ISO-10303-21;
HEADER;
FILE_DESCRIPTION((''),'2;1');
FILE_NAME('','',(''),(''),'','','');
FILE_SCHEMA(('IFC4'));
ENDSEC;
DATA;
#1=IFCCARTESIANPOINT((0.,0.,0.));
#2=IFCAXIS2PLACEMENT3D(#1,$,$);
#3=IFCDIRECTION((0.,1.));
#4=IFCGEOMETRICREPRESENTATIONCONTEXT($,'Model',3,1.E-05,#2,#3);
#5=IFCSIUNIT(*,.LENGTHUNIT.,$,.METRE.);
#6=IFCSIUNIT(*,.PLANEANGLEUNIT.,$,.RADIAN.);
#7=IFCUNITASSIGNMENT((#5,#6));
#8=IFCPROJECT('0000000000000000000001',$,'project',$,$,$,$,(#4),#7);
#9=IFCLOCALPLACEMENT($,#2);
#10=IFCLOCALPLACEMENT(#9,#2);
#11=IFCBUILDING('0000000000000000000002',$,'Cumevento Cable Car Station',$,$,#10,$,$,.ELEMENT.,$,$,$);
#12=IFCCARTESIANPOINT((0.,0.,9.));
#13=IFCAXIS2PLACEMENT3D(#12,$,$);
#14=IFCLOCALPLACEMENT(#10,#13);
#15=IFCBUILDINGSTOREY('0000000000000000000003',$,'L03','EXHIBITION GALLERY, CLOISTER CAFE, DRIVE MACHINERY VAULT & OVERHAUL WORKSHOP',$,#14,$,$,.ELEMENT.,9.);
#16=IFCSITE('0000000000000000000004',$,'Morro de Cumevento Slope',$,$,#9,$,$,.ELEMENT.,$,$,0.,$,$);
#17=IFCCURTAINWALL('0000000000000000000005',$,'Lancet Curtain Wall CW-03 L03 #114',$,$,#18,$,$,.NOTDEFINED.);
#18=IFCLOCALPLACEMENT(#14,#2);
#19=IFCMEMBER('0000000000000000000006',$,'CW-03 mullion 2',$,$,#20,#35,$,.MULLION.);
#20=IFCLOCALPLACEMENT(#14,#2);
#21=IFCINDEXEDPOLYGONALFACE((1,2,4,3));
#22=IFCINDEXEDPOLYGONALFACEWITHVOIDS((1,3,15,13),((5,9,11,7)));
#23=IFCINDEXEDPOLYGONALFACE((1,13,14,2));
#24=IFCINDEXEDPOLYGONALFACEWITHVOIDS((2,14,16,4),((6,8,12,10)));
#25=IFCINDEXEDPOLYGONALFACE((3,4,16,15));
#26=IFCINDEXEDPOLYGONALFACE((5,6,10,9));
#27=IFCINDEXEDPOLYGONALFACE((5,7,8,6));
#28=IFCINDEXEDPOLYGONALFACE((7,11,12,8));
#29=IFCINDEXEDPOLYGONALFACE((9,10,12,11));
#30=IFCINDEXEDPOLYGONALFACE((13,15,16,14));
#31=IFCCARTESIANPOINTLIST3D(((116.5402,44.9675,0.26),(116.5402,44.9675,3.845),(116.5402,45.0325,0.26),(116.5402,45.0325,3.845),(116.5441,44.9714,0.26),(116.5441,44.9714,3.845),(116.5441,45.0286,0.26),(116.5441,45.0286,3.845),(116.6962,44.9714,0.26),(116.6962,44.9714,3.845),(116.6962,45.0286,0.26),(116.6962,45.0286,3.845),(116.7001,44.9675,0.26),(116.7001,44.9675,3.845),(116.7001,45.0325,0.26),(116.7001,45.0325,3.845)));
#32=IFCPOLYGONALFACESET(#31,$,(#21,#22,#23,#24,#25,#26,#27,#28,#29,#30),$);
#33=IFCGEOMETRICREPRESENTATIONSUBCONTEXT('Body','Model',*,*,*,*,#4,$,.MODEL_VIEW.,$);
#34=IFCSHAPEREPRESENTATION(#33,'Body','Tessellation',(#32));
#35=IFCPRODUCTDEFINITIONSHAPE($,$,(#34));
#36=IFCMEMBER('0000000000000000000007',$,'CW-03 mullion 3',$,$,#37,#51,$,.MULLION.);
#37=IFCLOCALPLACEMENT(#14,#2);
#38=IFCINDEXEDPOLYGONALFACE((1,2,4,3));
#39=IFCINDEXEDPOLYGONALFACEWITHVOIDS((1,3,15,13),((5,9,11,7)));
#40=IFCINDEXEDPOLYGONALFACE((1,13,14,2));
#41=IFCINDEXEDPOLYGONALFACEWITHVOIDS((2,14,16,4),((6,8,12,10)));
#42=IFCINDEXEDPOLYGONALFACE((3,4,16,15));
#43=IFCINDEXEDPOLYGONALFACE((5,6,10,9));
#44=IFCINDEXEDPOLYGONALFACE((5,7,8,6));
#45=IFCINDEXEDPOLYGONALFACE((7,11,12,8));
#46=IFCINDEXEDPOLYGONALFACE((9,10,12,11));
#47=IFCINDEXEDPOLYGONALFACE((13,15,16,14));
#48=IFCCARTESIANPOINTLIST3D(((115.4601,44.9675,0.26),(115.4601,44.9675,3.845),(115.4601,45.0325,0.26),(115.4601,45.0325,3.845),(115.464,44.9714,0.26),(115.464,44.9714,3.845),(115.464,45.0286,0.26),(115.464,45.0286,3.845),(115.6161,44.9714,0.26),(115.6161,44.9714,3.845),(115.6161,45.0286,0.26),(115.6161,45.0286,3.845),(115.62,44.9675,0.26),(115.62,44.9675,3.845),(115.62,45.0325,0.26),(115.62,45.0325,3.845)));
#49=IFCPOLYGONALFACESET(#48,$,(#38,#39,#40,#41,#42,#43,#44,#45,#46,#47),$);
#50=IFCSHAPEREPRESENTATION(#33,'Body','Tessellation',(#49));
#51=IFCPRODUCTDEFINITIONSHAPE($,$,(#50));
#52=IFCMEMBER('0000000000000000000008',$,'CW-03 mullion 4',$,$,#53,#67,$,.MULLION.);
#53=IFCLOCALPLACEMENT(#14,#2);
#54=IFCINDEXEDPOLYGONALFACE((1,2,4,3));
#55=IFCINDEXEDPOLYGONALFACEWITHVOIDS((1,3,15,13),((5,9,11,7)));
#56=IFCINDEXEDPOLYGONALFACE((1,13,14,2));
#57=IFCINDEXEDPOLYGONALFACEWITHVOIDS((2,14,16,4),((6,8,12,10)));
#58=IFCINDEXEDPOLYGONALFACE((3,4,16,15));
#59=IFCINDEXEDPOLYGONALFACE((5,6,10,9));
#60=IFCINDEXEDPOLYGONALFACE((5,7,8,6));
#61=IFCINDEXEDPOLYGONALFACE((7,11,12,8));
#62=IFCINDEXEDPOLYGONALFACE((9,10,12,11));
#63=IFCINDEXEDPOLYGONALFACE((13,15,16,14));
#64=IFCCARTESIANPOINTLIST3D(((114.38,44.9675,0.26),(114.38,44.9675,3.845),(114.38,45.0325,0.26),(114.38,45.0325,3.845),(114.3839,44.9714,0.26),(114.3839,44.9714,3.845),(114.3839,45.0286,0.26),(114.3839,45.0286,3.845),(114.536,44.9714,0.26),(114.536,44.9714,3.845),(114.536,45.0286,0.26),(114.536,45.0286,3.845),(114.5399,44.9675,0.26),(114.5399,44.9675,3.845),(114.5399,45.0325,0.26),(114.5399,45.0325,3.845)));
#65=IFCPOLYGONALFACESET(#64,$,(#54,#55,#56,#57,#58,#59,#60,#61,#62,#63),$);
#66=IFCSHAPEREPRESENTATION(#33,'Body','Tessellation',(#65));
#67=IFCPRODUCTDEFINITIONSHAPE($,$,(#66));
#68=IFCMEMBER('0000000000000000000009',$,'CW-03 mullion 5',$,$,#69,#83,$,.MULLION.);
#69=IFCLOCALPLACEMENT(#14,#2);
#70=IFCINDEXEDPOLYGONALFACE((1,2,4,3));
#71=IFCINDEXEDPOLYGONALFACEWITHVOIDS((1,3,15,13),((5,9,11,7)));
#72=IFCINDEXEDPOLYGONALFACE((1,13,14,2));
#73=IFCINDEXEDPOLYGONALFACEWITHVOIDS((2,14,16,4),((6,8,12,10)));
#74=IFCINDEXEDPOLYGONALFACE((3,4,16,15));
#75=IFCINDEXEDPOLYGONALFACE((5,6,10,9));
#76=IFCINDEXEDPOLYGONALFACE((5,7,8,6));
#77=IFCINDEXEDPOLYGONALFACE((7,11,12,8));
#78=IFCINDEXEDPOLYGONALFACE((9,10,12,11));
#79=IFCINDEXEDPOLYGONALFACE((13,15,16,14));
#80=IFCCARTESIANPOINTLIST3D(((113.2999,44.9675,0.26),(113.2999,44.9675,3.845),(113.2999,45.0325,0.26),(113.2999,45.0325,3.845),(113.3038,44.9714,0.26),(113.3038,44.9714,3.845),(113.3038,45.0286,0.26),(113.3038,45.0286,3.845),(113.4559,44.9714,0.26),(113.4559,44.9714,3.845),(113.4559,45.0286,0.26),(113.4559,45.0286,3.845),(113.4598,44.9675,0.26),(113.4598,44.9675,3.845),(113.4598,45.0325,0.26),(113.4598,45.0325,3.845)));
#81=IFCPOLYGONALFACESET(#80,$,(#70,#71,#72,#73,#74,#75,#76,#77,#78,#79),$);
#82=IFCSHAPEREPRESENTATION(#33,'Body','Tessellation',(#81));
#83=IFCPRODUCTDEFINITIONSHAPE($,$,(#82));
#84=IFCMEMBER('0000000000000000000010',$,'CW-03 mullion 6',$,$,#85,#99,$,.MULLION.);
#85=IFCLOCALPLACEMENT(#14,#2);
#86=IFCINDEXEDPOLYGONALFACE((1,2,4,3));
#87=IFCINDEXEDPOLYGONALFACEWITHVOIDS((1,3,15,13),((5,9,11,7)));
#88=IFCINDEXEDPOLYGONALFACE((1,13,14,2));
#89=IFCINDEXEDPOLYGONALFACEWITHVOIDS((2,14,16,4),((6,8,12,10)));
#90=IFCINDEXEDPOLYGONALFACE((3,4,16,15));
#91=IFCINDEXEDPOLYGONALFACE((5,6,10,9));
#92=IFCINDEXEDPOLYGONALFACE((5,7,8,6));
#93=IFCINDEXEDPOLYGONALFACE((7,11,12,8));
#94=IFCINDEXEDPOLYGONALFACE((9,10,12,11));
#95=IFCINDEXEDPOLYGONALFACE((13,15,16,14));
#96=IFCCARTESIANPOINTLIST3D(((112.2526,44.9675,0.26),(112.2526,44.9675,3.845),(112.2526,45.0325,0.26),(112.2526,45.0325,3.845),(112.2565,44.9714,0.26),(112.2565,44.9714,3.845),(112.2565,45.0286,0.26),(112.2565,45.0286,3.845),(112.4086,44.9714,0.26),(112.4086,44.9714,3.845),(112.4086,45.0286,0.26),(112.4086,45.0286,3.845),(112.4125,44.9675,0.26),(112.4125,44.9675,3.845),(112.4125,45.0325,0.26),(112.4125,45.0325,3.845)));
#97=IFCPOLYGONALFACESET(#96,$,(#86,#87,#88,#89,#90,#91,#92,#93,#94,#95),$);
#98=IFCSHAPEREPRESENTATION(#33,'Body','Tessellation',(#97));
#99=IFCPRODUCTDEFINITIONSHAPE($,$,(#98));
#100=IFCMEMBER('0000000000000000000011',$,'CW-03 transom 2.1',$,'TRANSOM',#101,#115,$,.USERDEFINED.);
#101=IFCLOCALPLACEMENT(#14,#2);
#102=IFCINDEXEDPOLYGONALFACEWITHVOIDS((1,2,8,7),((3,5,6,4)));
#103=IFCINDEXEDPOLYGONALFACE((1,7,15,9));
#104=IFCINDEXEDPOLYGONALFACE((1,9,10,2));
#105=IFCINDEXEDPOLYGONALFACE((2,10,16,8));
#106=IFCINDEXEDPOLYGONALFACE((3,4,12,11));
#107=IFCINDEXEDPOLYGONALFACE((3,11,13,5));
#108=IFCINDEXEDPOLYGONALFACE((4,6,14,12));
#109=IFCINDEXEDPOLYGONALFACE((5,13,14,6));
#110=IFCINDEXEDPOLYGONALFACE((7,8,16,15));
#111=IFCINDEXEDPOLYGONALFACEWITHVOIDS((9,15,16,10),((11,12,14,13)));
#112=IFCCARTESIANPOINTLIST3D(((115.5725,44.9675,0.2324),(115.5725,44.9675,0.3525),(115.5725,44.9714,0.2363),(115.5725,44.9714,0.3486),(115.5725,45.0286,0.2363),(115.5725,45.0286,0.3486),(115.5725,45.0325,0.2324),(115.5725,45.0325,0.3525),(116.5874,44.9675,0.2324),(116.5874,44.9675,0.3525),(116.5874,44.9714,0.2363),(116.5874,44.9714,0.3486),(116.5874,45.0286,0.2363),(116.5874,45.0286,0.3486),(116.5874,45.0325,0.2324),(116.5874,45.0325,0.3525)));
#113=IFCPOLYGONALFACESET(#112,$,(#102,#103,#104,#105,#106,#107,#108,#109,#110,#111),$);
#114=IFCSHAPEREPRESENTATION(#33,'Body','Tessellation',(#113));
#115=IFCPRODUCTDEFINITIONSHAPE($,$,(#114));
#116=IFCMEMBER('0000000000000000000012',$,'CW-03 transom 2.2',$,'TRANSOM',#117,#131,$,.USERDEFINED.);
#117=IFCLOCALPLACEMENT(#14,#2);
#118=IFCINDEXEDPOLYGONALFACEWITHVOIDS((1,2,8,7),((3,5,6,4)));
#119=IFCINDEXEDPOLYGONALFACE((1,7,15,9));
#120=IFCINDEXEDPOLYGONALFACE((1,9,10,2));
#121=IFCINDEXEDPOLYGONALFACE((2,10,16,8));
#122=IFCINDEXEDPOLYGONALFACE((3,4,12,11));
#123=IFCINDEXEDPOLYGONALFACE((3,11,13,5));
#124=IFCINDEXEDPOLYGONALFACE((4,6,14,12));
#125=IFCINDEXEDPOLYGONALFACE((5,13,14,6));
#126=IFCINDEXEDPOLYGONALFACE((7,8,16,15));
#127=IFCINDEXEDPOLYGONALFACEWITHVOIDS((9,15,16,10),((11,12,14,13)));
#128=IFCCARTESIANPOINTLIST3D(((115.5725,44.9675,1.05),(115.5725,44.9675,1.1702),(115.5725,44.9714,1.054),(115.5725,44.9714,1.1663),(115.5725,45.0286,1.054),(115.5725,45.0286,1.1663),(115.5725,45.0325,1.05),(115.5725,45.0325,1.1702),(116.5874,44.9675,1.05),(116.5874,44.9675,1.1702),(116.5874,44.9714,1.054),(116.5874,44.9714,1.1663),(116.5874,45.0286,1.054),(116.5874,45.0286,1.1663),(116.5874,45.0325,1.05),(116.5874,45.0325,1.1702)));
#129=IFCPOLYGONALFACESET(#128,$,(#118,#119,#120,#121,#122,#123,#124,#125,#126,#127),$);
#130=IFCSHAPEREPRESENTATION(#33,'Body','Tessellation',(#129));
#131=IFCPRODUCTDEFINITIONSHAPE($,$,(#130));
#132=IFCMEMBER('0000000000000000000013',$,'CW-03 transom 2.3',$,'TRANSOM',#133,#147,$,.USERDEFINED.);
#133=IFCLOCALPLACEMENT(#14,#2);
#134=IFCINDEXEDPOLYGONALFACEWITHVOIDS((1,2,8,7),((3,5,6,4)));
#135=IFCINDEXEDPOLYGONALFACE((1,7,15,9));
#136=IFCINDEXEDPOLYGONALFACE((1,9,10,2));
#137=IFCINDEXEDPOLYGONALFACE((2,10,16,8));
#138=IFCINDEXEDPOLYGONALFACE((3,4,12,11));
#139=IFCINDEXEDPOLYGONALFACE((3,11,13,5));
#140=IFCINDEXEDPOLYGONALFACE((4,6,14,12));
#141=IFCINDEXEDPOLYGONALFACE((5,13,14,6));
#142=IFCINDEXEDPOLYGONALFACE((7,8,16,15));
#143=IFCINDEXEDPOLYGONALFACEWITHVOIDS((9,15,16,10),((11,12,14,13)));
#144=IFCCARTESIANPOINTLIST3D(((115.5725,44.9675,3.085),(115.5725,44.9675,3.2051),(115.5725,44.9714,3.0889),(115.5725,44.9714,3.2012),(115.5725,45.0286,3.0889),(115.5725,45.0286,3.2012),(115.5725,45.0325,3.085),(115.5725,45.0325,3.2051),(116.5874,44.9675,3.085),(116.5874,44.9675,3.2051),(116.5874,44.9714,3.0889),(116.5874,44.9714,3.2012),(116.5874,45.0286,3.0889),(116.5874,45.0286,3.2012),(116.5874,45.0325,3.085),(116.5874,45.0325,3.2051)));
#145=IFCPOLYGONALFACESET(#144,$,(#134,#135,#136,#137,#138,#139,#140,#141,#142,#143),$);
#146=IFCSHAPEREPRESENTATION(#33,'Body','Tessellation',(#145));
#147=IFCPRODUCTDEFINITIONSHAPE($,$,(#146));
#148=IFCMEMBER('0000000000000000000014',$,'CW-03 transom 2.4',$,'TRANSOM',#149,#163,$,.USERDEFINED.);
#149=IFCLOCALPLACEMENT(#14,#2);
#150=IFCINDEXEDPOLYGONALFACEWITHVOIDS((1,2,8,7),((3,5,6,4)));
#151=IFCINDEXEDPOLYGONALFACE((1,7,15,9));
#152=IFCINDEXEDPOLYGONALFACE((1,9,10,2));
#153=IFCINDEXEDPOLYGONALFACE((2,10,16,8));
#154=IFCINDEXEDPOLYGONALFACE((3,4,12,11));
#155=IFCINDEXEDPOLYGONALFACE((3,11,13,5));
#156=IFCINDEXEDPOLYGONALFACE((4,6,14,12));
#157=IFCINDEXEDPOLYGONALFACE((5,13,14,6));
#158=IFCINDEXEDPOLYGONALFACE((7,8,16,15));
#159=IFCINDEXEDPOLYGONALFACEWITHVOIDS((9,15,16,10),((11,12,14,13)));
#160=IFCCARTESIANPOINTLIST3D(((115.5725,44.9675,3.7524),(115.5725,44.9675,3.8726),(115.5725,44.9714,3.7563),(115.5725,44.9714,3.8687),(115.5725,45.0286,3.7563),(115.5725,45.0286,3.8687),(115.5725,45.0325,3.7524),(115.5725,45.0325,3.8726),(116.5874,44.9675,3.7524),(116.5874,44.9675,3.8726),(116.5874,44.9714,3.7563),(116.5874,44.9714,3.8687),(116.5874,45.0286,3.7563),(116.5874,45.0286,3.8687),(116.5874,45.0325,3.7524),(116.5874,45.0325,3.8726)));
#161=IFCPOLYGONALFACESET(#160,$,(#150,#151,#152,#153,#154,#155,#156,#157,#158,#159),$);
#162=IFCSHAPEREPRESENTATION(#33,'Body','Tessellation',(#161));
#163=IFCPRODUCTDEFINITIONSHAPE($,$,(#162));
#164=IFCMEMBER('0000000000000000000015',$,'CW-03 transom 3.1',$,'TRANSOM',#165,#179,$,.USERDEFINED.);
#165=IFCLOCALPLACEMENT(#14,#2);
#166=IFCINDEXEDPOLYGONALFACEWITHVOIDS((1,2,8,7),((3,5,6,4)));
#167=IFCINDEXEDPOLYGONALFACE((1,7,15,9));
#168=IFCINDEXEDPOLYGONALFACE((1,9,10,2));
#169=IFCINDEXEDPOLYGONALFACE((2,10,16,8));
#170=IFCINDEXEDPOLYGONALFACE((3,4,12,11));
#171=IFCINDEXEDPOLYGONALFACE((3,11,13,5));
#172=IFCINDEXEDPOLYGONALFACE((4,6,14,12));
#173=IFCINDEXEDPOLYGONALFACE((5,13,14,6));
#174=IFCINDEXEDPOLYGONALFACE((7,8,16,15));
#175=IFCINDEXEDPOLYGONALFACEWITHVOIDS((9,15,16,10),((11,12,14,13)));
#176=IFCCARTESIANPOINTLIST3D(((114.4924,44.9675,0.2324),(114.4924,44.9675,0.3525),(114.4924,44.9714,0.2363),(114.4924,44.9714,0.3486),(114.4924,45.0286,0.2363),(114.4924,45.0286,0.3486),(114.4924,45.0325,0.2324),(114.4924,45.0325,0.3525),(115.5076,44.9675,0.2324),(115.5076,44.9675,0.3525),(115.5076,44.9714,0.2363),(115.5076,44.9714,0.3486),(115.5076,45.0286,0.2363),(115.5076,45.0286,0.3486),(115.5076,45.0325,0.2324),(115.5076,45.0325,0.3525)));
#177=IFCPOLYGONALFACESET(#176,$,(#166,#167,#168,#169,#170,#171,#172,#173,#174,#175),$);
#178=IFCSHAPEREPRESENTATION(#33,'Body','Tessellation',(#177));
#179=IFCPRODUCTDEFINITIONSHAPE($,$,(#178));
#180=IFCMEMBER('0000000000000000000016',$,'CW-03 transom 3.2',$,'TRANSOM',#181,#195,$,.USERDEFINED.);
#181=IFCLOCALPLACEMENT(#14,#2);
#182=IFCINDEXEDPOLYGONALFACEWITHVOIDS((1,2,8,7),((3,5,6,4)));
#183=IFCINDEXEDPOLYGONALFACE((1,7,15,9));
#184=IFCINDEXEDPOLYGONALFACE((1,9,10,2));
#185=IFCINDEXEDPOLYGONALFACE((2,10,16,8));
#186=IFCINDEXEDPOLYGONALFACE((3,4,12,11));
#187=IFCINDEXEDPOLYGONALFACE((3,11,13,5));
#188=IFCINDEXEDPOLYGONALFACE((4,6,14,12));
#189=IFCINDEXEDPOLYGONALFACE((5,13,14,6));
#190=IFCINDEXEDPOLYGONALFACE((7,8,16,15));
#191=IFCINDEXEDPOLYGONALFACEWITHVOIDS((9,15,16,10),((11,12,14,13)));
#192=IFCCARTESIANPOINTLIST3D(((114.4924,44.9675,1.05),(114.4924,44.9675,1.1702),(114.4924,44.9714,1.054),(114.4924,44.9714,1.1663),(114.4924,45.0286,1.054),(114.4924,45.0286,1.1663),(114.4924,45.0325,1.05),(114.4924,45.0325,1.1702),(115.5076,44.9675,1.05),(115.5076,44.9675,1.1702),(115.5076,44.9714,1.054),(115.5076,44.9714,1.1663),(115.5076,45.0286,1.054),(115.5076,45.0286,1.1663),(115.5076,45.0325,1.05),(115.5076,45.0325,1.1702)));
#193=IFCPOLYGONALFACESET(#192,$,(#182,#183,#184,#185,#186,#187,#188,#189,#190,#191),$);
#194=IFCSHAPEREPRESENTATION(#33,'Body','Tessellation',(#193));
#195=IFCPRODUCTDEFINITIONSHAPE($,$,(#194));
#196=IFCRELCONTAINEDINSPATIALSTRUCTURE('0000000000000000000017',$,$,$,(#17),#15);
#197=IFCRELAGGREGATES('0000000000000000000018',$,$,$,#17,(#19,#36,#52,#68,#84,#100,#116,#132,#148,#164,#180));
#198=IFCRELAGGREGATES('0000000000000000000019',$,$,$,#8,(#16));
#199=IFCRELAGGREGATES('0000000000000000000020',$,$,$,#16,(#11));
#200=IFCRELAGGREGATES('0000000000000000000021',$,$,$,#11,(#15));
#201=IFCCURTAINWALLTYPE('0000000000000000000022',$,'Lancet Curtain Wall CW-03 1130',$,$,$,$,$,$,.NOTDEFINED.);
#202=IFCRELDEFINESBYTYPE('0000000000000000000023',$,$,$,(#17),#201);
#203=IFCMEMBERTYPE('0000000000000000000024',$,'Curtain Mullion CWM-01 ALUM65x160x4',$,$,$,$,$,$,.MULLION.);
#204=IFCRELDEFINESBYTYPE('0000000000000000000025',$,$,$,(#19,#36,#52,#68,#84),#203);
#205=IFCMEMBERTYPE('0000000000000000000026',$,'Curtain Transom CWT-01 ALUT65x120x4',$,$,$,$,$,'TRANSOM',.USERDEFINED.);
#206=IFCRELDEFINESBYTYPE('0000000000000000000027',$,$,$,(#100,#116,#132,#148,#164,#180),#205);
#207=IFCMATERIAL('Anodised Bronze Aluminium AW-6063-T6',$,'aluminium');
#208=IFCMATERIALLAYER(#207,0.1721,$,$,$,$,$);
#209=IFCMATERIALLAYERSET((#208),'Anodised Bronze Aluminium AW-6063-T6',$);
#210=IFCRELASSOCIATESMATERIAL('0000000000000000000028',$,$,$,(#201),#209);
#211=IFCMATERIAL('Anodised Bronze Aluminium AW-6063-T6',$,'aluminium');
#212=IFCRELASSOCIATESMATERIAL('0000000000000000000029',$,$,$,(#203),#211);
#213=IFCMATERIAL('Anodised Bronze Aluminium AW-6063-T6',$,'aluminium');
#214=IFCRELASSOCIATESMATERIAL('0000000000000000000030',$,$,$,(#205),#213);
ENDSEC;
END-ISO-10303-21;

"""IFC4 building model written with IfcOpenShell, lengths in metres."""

from ifc_helpers import new_model, si_unit, direction, frame, origin, origin_2d, place, context, subcontext, project, spatial, hollow_rectangle, extrude, material, layer, layer_set, material_profile, profile_set, type_object, element, aggregate, save


model = new_model("IFC4")

# Units and contexts
model_context = context("Model", 3, precision=1e-05, world=origin(), true_north=direction((0.0, 1.0)))
body_context = subcontext(model_context, "Body", "Model", "MODEL_VIEW")
ifc_project = project(units=[si_unit("LENGTHUNIT", "METRE"), si_unit("PLANEANGLEUNIT", "RADIAN")], contexts=[model_context])

# Site, building, storey
site_placement = place(None, origin())
site = spatial("IfcSite", under=ifc_project, at=site_placement, Name="Morro de Cumevento Slope", CompositionType="ELEMENT", RefElevation=0.0)
building_placement = place(site_placement, origin())
building = spatial("IfcBuilding", under=site, at=building_placement, Name="Cumevento Cable Car Station", CompositionType="ELEMENT")
storey_placement = place(building_placement, frame((0.0, 0.0, 9.0)))
storey = spatial("IfcBuildingStorey", under=building, at=storey_placement, Name="L03", Description="EXHIBITION GALLERY, CLOISTER CAFE, DRIVE MACHINERY VAULT & OVERHAUL WORKSHOP", CompositionType="ELEMENT", Elevation=9.0)

# Curtain wall, members
ifc_material_1 = material(Name="Anodised Bronze Aluminium AW-6063-T6", Category="aluminium")
ifc_layer_1 = layer(ifc_material_1, 0.1721)
ifc_layer_set_1 = layer_set([ifc_layer_1], Name="Anodised Bronze Aluminium AW-6063-T6")
curtain_wall_type = type_object("IfcCurtainWallType", Name="Lancet Curtain Wall CW-03 1130", PredefinedType="NOTDEFINED", material=ifc_layer_set_1)
curtain_wall_placement = place(storey_placement, origin())
curtain_wall = element("IfcCurtainWall", 1, at=curtain_wall_placement, inside=storey, type_object=curtain_wall_type, Name="Lancet Curtain Wall CW-03 L03 #114", PredefinedType="NOTDEFINED")
ifc_material_2 = material(Name="Anodised Bronze Aluminium AW-6063-T6", Category="aluminium")
ifc_material_profile_1 = material_profile(ifc_material_2, hollow_rectangle(XDim=0.0649, YDim=0.1599, WallThickness=0.0039, at=origin_2d()), Name="ALUM65x160x4")
ifc_profile_set_1 = profile_set([ifc_material_profile_1], Name="Anodised Bronze Aluminium AW-6063-T6")
member_type_1 = type_object("IfcMemberType", Name="Curtain Mullion CWM-01 ALUM65x160x4", PredefinedType="MULLION", material=ifc_profile_set_1)
member_1_placement = place(storey_placement, frame((116.6201, 45.0, 0.26), z_axis=(0.0, 0.0, 1.0), x_axis=(0.0, -1.0, 0.0)))
member_1 = element("IfcMember", 2, at=member_1_placement, type_object=member_type_1, Name="CW-03 mullion 2", PredefinedType="MULLION", context=body_context, shape_type="SweptSolid", body=[
    extrude(hollow_rectangle(XDim=0.0649, YDim=0.1599, WallThickness=0.0039, at=origin_2d()), origin(), (0.0, 0.0, 1.0), 3.585),
])
member_2_placement = place(storey_placement, frame((115.54, 45.0, 0.26), z_axis=(0.0, 0.0, 1.0), x_axis=(0.0, -1.0, 0.0)))
member_2 = element("IfcMember", 3, at=member_2_placement, type_object=member_type_1, Name="CW-03 mullion 3", PredefinedType="MULLION", context=body_context, shape_type="SweptSolid", body=[
    extrude(hollow_rectangle(XDim=0.0649, YDim=0.1599, WallThickness=0.0039, at=origin_2d()), origin(), (0.0, 0.0, 1.0), 3.585),
])
member_3_placement = place(storey_placement, frame((114.46, 45.0, 0.26), z_axis=(0.0, 0.0, 1.0), x_axis=(0.0, -1.0, 0.0)))
member_3 = element("IfcMember", 4, at=member_3_placement, type_object=member_type_1, Name="CW-03 mullion 4", PredefinedType="MULLION", context=body_context, shape_type="SweptSolid", body=[
    extrude(hollow_rectangle(XDim=0.0649, YDim=0.1599, WallThickness=0.0039, at=origin_2d()), origin(), (0.0, 0.0, 1.0), 3.585),
])
member_4_placement = place(storey_placement, frame((113.3799, 45.0, 0.26), z_axis=(0.0, 0.0, 1.0), x_axis=(0.0, -1.0, 0.0)))
member_4 = element("IfcMember", 5, at=member_4_placement, type_object=member_type_1, Name="CW-03 mullion 5", PredefinedType="MULLION", context=body_context, shape_type="SweptSolid", body=[
    extrude(hollow_rectangle(XDim=0.0649, YDim=0.1599, WallThickness=0.0039, at=origin_2d()), origin(), (0.0, 0.0, 1.0), 3.585),
])
member_5_placement = place(storey_placement, frame((112.3325, 45.0, 0.26), z_axis=(0.0, 0.0, 1.0), x_axis=(0.0, -1.0, 0.0)))
member_5 = element("IfcMember", 6, at=member_5_placement, type_object=member_type_1, Name="CW-03 mullion 6", PredefinedType="MULLION", context=body_context, shape_type="SweptSolid", body=[
    extrude(hollow_rectangle(XDim=0.0649, YDim=0.1599, WallThickness=0.0039, at=origin_2d()), origin(), (0.0, 0.0, 1.0), 3.585),
])
ifc_material_3 = material(Name="Anodised Bronze Aluminium AW-6063-T6", Category="aluminium")
ifc_material_profile_2 = material_profile(ifc_material_3, hollow_rectangle(XDim=0.0649, YDim=0.1201, WallThickness=0.0039, at=origin_2d()), Name="ALUT65x120x4")
ifc_profile_set_2 = profile_set([ifc_material_profile_2], Name="Anodised Bronze Aluminium AW-6063-T6")
member_type_2 = type_object("IfcMemberType", Name="Curtain Transom CWT-01 ALUT65x120x4", ElementType="TRANSOM", PredefinedType="USERDEFINED", material=ifc_profile_set_2)
member_6_placement = place(storey_placement, frame((116.5874, 45.0, 0.2925), z_axis=(-1.0, 0.0, 0.0), x_axis=(0.0, -1.0, 0.0)))
member_6 = element("IfcMember", 7, at=member_6_placement, type_object=member_type_2, Name="CW-03 transom 2.1", ObjectType="TRANSOM", PredefinedType="USERDEFINED", context=body_context, shape_type="SweptSolid", body=[
    extrude(hollow_rectangle(XDim=0.0649, YDim=0.1201, WallThickness=0.0039, at=origin_2d()), origin(), (0.0, 0.0, 1.0), 1.0149),
])
member_7_placement = place(storey_placement, frame((116.5874, 45.0, 1.1101), z_axis=(-1.0, 0.0, 0.0), x_axis=(0.0, -1.0, 0.0)))
member_7 = element("IfcMember", 8, at=member_7_placement, type_object=member_type_2, Name="CW-03 transom 2.2", ObjectType="TRANSOM", PredefinedType="USERDEFINED", context=body_context, shape_type="SweptSolid", body=[
    extrude(hollow_rectangle(XDim=0.0649, YDim=0.1201, WallThickness=0.0039, at=origin_2d()), origin(), (0.0, 0.0, 1.0), 1.0149),
])
member_8_placement = place(storey_placement, frame((116.5874, 45.0, 3.145), z_axis=(-1.0, 0.0, 0.0), x_axis=(0.0, -1.0, 0.0)))
member_8 = element("IfcMember", 9, at=member_8_placement, type_object=member_type_2, Name="CW-03 transom 2.3", ObjectType="TRANSOM", PredefinedType="USERDEFINED", context=body_context, shape_type="SweptSolid", body=[
    extrude(hollow_rectangle(XDim=0.0649, YDim=0.1201, WallThickness=0.0039, at=origin_2d()), origin(), (0.0, 0.0, 1.0), 1.0149),
])
member_9_placement = place(storey_placement, frame((116.5874, 45.0, 3.8125), z_axis=(-1.0, 0.0, 0.0), x_axis=(0.0, -1.0, 0.0)))
member_9 = element("IfcMember", 10, at=member_9_placement, type_object=member_type_2, Name="CW-03 transom 2.4", ObjectType="TRANSOM", PredefinedType="USERDEFINED", context=body_context, shape_type="SweptSolid", body=[
    extrude(hollow_rectangle(XDim=0.0649, YDim=0.1201, WallThickness=0.0039, at=origin_2d()), origin(), (0.0, 0.0, 1.0), 1.0149),
])
member_10_placement = place(storey_placement, frame((115.5076, 45.0, 0.2925), z_axis=(-1.0, 0.0, 0.0), x_axis=(0.0, -1.0, 0.0)))
member_10 = element("IfcMember", 11, at=member_10_placement, type_object=member_type_2, Name="CW-03 transom 3.1", ObjectType="TRANSOM", PredefinedType="USERDEFINED", context=body_context, shape_type="SweptSolid", body=[
    extrude(hollow_rectangle(XDim=0.0649, YDim=0.1201, WallThickness=0.0039, at=origin_2d()), origin(), (0.0, 0.0, 1.0), 1.0151),
])
member_11_placement = place(storey_placement, frame((115.5076, 45.0, 1.1101), z_axis=(-1.0, 0.0, 0.0), x_axis=(0.0, -1.0, 0.0)))
member_11 = element("IfcMember", 12, at=member_11_placement, type_object=member_type_2, Name="CW-03 transom 3.2", ObjectType="TRANSOM", PredefinedType="USERDEFINED", context=body_context, shape_type="SweptSolid", body=[
    extrude(hollow_rectangle(XDim=0.0649, YDim=0.1201, WallThickness=0.0039, at=origin_2d()), origin(), (0.0, 0.0, 1.0), 1.0151),
])

aggregate(curtain_wall, [member_1, member_2, member_3, member_4, member_5, member_6, member_7, member_8, member_9, member_10, member_11])

save(model, "model.ifc")
